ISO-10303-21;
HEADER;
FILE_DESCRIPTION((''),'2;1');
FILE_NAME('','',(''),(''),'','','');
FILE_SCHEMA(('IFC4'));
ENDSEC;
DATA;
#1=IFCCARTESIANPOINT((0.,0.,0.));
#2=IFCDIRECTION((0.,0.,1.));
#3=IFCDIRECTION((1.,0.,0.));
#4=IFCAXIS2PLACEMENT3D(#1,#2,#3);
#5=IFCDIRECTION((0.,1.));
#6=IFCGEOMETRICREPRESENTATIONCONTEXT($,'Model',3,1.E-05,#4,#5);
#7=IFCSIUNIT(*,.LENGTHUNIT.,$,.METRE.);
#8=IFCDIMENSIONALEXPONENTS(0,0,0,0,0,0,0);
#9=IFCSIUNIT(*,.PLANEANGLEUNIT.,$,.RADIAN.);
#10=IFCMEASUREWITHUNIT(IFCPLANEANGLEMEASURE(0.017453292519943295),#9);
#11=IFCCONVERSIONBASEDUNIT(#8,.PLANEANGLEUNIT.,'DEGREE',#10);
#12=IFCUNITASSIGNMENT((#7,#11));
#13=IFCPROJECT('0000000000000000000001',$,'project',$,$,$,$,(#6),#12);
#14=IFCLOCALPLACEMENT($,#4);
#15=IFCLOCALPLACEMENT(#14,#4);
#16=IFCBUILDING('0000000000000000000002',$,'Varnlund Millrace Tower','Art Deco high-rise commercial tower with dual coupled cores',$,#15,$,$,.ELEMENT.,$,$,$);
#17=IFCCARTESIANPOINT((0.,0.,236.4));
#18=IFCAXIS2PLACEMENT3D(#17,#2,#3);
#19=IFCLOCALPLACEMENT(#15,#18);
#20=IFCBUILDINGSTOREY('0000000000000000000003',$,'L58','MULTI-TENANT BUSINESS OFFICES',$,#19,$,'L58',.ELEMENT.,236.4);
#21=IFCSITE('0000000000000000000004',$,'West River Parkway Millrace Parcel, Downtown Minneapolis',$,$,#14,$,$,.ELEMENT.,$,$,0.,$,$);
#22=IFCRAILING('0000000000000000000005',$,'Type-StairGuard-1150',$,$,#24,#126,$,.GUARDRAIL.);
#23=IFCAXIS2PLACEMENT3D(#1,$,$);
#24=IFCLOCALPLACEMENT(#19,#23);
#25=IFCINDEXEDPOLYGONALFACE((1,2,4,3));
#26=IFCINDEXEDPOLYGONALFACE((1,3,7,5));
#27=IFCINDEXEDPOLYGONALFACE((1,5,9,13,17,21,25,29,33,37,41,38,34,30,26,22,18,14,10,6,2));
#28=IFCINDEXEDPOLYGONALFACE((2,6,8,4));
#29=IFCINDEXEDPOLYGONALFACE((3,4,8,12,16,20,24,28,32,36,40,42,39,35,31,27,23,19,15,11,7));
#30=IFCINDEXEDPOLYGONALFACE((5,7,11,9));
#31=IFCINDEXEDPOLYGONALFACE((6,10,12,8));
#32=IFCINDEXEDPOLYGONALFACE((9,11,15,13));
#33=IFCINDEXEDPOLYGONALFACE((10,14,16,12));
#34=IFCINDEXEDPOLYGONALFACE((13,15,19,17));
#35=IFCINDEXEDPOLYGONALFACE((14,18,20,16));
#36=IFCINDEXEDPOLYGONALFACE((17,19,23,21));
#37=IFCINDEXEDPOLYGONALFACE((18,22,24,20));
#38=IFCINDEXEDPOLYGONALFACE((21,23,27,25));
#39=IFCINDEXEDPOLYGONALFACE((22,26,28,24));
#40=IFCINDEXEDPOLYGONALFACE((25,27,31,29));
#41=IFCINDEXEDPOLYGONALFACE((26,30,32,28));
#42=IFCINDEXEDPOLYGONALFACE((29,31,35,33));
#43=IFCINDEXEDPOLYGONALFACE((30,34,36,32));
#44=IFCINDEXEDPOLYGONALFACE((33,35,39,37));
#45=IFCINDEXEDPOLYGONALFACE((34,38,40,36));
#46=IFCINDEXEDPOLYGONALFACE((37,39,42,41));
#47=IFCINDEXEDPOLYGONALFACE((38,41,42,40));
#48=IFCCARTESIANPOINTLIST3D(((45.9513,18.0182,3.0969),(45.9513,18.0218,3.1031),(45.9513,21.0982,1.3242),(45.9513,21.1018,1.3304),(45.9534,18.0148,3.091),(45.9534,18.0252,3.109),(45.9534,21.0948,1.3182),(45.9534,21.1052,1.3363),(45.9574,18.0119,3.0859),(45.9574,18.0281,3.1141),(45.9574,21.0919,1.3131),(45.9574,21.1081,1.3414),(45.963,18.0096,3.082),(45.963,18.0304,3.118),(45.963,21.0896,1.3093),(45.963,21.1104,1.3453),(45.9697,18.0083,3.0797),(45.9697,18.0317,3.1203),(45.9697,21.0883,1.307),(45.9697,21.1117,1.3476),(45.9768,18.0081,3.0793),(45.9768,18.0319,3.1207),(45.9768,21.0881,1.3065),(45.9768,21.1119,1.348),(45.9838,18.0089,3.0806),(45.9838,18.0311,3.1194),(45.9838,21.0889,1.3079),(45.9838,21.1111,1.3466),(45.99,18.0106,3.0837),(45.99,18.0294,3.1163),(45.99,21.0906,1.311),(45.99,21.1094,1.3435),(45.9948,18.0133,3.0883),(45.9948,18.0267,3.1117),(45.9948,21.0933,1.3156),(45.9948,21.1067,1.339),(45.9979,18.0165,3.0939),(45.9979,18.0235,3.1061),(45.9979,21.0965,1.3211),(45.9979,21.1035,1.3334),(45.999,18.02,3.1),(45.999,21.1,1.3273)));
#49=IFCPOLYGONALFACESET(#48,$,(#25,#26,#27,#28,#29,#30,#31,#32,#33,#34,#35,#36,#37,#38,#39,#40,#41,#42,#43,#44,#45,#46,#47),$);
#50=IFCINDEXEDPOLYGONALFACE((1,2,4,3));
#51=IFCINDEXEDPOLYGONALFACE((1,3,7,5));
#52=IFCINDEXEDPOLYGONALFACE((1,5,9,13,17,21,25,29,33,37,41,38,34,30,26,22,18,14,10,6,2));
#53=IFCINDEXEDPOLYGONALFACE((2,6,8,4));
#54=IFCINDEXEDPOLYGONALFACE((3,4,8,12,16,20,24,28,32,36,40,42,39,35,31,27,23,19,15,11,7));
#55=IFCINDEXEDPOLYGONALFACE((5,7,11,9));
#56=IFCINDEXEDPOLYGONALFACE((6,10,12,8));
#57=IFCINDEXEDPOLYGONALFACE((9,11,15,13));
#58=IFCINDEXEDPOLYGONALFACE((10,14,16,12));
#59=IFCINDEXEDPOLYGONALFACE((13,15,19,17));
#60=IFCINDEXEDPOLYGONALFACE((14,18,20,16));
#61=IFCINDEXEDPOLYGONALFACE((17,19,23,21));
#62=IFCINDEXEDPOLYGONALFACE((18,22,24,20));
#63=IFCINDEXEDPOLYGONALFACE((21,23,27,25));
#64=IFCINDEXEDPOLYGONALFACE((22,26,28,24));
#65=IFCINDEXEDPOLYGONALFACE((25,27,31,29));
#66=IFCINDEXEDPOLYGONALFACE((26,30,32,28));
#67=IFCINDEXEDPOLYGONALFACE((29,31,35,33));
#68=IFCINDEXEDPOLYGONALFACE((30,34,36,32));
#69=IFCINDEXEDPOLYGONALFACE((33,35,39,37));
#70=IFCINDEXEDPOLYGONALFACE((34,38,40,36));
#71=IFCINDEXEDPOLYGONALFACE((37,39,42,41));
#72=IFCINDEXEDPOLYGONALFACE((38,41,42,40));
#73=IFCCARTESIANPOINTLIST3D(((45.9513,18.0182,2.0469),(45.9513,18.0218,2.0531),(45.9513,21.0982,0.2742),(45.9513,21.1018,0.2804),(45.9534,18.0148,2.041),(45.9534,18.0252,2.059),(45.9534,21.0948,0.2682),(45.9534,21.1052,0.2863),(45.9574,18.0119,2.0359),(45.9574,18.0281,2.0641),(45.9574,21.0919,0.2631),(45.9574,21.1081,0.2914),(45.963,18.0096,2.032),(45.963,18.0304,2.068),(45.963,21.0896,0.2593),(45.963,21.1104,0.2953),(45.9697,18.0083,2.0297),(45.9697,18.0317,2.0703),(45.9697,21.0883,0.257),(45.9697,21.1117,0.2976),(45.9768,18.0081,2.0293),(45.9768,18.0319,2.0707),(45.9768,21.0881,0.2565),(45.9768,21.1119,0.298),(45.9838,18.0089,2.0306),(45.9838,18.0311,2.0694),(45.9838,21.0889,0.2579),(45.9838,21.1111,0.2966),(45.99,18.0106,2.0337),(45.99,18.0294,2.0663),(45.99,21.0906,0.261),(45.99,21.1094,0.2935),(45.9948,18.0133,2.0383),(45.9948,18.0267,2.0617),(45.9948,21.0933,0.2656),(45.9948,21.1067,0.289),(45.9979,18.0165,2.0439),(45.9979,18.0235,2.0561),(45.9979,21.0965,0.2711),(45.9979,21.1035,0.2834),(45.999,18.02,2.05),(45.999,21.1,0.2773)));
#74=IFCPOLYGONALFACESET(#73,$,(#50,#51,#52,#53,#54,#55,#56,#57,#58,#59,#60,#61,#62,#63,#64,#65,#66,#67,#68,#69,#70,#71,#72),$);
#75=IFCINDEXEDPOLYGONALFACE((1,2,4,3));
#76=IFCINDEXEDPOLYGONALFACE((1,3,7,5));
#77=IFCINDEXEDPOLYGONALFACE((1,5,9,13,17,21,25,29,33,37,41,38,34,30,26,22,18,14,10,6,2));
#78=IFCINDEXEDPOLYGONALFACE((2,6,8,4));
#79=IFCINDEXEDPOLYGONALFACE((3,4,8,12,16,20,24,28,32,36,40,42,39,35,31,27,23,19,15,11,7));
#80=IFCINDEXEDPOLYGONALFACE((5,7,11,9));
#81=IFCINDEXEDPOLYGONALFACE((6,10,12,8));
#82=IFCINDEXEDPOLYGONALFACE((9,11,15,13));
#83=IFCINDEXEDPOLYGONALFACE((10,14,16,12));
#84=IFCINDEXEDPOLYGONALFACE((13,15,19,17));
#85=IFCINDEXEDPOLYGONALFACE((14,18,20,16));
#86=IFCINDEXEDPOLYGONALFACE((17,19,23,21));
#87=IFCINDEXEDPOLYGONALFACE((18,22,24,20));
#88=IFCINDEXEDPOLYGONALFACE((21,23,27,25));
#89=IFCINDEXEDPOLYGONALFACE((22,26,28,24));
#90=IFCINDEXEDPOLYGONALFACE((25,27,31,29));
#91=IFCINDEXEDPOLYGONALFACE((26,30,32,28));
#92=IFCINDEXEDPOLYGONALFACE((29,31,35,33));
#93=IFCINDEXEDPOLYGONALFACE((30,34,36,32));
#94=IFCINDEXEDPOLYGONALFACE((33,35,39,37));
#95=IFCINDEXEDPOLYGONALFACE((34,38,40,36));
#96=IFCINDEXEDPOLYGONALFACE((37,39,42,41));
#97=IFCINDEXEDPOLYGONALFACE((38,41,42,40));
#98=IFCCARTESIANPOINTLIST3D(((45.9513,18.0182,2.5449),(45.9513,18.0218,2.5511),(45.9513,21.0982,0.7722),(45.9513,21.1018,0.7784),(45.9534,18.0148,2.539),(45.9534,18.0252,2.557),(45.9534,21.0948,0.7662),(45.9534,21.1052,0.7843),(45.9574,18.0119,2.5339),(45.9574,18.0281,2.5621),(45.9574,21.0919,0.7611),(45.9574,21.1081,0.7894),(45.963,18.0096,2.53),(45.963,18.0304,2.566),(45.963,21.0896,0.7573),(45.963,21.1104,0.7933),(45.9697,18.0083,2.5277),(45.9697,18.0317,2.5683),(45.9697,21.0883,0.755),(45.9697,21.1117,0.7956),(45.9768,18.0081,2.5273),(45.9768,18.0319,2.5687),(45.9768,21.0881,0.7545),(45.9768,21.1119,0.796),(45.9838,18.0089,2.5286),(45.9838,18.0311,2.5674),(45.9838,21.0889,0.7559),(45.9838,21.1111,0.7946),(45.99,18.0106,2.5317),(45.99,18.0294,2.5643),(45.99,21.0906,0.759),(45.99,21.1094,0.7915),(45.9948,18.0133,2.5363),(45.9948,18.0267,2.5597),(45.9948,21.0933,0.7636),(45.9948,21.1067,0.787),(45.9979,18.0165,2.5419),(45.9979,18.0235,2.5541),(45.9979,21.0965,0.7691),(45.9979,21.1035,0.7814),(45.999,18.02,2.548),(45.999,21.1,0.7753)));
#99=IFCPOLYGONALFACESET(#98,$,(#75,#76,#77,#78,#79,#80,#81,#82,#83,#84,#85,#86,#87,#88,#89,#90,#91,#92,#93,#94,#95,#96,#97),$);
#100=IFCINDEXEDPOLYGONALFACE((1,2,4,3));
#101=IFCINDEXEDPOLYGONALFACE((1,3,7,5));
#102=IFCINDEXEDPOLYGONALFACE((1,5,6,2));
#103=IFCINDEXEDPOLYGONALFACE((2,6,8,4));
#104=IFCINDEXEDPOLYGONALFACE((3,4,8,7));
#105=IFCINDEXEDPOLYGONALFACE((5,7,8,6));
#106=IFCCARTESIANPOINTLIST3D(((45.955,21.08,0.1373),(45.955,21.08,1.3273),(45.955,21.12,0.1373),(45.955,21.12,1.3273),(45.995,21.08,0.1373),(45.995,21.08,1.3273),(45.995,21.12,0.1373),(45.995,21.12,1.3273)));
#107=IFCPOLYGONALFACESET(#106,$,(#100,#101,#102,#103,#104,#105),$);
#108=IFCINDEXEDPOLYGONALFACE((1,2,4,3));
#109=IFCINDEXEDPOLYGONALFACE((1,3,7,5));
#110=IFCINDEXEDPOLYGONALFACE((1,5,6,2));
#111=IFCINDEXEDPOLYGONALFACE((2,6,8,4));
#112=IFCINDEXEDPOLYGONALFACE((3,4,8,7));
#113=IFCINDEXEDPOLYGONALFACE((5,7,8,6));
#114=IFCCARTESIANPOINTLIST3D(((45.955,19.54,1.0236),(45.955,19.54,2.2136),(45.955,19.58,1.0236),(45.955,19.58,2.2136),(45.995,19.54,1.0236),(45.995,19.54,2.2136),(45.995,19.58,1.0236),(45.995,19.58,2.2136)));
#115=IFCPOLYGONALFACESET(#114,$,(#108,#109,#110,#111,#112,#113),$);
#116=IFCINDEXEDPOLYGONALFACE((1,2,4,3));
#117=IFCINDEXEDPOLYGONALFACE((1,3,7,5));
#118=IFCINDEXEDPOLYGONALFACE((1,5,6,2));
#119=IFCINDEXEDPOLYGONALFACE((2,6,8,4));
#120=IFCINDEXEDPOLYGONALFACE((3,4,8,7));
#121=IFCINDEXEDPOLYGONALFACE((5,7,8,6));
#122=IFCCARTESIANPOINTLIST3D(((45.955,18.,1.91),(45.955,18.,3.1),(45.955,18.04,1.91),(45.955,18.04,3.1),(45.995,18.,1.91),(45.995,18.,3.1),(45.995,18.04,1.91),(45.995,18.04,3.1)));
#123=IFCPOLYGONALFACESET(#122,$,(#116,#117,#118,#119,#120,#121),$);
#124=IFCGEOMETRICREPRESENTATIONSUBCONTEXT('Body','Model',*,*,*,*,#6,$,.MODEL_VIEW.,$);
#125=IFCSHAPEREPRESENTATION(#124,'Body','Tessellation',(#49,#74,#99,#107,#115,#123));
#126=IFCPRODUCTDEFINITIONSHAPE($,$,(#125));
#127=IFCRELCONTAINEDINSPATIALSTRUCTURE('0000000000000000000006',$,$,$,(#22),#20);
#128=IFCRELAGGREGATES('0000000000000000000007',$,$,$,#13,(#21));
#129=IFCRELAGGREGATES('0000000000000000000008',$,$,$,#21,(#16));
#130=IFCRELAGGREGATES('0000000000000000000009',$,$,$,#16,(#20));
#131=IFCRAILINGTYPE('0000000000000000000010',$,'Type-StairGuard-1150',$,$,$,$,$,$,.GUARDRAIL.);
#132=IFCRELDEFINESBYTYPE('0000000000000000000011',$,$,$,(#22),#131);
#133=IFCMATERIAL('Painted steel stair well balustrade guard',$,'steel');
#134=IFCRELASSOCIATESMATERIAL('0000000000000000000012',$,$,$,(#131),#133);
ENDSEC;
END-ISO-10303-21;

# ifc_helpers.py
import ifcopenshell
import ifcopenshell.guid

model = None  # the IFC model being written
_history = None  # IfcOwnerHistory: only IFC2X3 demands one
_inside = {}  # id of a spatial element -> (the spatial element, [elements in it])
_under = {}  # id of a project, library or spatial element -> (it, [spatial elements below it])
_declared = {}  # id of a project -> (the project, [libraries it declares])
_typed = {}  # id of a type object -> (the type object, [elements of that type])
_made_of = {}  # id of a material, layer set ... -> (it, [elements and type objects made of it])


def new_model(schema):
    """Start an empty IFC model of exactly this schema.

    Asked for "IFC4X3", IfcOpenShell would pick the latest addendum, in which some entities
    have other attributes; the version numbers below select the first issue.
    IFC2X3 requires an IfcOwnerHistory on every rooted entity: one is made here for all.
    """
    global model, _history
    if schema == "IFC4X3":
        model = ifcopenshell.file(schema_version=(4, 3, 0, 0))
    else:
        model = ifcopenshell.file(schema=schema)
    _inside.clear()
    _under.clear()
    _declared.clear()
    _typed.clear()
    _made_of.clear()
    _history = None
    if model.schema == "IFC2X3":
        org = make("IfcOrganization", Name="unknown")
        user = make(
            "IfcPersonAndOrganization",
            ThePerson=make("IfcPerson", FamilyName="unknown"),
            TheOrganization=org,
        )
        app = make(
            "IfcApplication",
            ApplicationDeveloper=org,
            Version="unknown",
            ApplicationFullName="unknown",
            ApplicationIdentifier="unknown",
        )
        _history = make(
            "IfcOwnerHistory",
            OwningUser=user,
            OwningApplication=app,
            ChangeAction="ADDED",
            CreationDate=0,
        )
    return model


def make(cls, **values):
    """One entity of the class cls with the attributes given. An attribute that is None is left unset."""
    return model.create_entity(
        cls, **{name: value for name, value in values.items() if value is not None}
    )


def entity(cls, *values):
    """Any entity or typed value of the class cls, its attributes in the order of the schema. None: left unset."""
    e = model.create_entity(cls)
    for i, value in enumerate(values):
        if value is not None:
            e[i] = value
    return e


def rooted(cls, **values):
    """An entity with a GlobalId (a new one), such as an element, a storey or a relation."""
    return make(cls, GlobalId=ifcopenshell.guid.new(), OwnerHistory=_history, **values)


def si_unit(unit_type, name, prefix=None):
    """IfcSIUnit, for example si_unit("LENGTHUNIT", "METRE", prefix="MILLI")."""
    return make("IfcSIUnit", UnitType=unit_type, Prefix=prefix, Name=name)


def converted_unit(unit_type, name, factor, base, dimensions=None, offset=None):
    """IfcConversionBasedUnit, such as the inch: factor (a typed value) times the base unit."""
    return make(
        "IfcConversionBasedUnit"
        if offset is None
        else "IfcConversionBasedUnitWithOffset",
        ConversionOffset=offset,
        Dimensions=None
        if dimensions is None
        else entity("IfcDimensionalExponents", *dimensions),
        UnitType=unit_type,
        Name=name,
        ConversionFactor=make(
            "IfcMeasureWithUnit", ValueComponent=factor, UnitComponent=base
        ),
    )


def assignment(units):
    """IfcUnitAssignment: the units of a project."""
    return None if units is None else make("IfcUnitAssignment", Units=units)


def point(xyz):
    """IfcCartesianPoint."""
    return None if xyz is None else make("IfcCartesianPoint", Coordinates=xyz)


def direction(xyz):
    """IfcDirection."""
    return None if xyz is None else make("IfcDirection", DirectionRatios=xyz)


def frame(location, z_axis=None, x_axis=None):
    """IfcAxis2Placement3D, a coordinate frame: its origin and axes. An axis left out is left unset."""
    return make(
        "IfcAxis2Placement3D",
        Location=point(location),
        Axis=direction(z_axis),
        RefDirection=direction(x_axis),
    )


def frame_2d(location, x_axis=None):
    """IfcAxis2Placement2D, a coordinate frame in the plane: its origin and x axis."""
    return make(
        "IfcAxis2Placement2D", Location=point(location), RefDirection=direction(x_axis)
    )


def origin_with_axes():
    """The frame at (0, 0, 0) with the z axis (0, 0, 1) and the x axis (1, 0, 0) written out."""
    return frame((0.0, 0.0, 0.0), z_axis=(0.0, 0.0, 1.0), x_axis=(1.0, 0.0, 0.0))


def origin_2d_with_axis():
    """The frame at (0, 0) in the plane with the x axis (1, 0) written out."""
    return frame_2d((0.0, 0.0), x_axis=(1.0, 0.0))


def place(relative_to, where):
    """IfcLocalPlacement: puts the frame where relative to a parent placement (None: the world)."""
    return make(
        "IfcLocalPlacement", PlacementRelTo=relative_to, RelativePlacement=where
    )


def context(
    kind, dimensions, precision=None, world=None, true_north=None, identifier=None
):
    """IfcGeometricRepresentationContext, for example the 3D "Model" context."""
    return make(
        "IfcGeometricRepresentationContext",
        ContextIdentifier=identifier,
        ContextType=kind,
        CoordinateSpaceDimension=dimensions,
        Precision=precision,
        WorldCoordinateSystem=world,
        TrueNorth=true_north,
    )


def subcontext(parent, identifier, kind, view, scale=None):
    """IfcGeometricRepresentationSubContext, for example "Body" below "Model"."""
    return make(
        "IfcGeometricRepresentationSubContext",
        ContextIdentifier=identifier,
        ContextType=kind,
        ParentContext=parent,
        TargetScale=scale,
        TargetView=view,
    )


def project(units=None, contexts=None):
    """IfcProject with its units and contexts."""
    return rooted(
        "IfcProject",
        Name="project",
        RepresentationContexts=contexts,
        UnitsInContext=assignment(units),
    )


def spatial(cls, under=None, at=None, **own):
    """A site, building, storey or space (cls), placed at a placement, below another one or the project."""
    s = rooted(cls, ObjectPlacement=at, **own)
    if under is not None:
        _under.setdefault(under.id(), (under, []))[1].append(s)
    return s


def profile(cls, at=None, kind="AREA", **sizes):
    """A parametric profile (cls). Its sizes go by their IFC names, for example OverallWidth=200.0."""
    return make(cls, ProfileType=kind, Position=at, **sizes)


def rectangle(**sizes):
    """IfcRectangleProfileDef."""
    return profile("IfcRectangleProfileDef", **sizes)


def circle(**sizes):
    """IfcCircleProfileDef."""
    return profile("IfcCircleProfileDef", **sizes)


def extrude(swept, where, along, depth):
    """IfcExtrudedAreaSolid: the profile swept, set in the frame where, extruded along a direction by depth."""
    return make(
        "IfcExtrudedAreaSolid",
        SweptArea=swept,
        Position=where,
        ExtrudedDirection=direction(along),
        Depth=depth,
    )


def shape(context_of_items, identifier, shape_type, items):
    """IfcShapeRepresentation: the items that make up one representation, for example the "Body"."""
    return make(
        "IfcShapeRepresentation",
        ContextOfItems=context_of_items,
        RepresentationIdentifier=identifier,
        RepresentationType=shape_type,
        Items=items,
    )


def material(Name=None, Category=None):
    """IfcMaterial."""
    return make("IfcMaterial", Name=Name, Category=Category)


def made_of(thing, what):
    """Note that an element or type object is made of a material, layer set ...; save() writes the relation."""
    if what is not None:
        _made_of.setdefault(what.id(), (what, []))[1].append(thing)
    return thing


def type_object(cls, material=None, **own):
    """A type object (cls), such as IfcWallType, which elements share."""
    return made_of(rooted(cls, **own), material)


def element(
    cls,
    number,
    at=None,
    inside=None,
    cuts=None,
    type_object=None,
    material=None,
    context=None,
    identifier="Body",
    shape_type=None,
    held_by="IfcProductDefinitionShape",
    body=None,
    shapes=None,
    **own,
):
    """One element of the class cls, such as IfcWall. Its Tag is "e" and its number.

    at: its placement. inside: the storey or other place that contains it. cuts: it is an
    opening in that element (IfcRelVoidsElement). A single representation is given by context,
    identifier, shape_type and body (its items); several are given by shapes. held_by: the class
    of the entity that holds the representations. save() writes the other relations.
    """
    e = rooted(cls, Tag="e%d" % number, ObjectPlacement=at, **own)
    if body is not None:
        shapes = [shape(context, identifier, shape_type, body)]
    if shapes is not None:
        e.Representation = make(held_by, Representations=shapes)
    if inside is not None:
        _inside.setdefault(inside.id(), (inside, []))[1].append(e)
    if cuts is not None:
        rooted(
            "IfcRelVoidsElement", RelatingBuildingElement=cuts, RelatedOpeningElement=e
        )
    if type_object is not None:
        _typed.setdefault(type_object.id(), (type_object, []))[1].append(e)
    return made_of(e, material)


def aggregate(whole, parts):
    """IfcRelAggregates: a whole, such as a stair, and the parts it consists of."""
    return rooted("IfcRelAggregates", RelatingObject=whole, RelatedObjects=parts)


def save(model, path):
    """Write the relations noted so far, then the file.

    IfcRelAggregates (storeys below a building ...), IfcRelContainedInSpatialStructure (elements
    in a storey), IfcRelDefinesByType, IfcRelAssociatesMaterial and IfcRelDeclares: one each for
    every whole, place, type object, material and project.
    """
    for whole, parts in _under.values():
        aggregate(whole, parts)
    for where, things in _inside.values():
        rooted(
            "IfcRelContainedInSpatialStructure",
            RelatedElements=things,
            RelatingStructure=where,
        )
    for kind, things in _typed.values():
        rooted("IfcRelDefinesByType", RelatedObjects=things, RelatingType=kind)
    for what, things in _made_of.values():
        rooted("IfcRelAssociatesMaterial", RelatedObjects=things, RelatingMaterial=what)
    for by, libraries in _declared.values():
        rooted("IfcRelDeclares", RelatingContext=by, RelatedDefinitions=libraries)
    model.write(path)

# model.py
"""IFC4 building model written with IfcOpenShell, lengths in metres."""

from ifc_helpers import new_model, entity, si_unit, converted_unit, direction, frame, origin_with_axes, origin_2d_with_axis, place, context, subcontext, project, spatial, rectangle, circle, extrude, material, type_object, element, save


model = new_model("IFC4")

# Units and contexts
model_context = context("Model", 3, precision=1e-05, world=origin_with_axes(), true_north=direction((0.0, 1.0)))
body_context = subcontext(model_context, "Body", "Model", "MODEL_VIEW")
ifc_project = project(units=[si_unit("LENGTHUNIT", "METRE"), converted_unit("PLANEANGLEUNIT", "DEGREE", entity("IfcPlaneAngleMeasure", 0.017453292519943295), si_unit("PLANEANGLEUNIT", "RADIAN"), dimensions=[0, 0, 0, 0, 0, 0, 0])], contexts=[model_context])

# Site, building, storey
site_placement = place(None, origin_with_axes())
site = spatial("IfcSite", under=ifc_project, at=site_placement, Name="West River Parkway Millrace Parcel, Downtown Minneapolis", CompositionType="ELEMENT", RefElevation=0.0)
building_placement = place(site_placement, origin_with_axes())
building = spatial("IfcBuilding", under=site, at=building_placement, Name="Varnlund Millrace Tower", Description="Art Deco high-rise commercial tower with dual coupled cores", CompositionType="ELEMENT")
storey_placement = place(building_placement, frame((0.0, 0.0, 236.4), z_axis=(0.0, 0.0, 1.0), x_axis=(1.0, 0.0, 0.0)))
storey = spatial("IfcBuildingStorey", under=building, at=storey_placement, Name="L58", Description="MULTI-TENANT BUSINESS OFFICES", LongName="L58", CompositionType="ELEMENT", Elevation=236.4)

# Railing
ifc_material_1 = material(Name="Painted steel stair well balustrade guard", Category="steel")
railing_type_1 = type_object("IfcRailingType", Name="Type-StairGuard-1150", PredefinedType="GUARDRAIL", material=ifc_material_1)
railing_1_placement = place(storey_placement, frame((0.0, 0.0, -236.4), z_axis=(0.0, 0.0, 1.0), x_axis=(1.0, 0.0, 0.0)))
element("IfcRailing", 1, at=railing_1_placement, inside=storey, type_object=railing_type_1, Name="Type-StairGuard-1150", PredefinedType="GUARDRAIL", context=body_context, shape_type="SweptSolid", body=[
    extrude(circle(Radius=0.024, at=origin_2d_with_axis()), frame((45.975, 21.1, 237.7273), z_axis=(0.0, -0.866696, 0.498836), x_axis=(1.0, 0.0, 0.0)), (0.0, 0.0, 1.0), 3.5537),
    extrude(circle(Radius=0.024, at=origin_2d_with_axis()), frame((45.975, 21.1, 236.6773), z_axis=(0.0, -0.866696, 0.498836), x_axis=(1.0, 0.0, 0.0)), (0.0, 0.0, 1.0), 3.5537),
    extrude(circle(Radius=0.024, at=origin_2d_with_axis()), frame((45.975, 21.1, 237.1753), z_axis=(0.0, -0.866696, 0.498836), x_axis=(1.0, 0.0, 0.0)), (0.0, 0.0, 1.0), 3.5537),
    extrude(rectangle(XDim=0.04, YDim=0.04, at=origin_2d_with_axis()), frame((45.975, 21.1, 236.5373), z_axis=(0.0, 0.0, 1.0), x_axis=(1.0, 0.0, 0.0)), (0.0, 0.0, 1.0), 1.19),
    extrude(rectangle(XDim=0.04, YDim=0.04, at=origin_2d_with_axis()), frame((45.975, 19.56, 237.4236), z_axis=(0.0, 0.0, 1.0), x_axis=(1.0, 0.0, 0.0)), (0.0, 0.0, 1.0), 1.19),
    extrude(rectangle(XDim=0.04, YDim=0.04, at=origin_2d_with_axis()), frame((45.975, 18.02, 238.31), z_axis=(0.0, 0.0, 1.0), x_axis=(1.0, 0.0, 0.0)), (0.0, 0.0, 1.0), 1.19),
])

save(model, "model.ifc")
